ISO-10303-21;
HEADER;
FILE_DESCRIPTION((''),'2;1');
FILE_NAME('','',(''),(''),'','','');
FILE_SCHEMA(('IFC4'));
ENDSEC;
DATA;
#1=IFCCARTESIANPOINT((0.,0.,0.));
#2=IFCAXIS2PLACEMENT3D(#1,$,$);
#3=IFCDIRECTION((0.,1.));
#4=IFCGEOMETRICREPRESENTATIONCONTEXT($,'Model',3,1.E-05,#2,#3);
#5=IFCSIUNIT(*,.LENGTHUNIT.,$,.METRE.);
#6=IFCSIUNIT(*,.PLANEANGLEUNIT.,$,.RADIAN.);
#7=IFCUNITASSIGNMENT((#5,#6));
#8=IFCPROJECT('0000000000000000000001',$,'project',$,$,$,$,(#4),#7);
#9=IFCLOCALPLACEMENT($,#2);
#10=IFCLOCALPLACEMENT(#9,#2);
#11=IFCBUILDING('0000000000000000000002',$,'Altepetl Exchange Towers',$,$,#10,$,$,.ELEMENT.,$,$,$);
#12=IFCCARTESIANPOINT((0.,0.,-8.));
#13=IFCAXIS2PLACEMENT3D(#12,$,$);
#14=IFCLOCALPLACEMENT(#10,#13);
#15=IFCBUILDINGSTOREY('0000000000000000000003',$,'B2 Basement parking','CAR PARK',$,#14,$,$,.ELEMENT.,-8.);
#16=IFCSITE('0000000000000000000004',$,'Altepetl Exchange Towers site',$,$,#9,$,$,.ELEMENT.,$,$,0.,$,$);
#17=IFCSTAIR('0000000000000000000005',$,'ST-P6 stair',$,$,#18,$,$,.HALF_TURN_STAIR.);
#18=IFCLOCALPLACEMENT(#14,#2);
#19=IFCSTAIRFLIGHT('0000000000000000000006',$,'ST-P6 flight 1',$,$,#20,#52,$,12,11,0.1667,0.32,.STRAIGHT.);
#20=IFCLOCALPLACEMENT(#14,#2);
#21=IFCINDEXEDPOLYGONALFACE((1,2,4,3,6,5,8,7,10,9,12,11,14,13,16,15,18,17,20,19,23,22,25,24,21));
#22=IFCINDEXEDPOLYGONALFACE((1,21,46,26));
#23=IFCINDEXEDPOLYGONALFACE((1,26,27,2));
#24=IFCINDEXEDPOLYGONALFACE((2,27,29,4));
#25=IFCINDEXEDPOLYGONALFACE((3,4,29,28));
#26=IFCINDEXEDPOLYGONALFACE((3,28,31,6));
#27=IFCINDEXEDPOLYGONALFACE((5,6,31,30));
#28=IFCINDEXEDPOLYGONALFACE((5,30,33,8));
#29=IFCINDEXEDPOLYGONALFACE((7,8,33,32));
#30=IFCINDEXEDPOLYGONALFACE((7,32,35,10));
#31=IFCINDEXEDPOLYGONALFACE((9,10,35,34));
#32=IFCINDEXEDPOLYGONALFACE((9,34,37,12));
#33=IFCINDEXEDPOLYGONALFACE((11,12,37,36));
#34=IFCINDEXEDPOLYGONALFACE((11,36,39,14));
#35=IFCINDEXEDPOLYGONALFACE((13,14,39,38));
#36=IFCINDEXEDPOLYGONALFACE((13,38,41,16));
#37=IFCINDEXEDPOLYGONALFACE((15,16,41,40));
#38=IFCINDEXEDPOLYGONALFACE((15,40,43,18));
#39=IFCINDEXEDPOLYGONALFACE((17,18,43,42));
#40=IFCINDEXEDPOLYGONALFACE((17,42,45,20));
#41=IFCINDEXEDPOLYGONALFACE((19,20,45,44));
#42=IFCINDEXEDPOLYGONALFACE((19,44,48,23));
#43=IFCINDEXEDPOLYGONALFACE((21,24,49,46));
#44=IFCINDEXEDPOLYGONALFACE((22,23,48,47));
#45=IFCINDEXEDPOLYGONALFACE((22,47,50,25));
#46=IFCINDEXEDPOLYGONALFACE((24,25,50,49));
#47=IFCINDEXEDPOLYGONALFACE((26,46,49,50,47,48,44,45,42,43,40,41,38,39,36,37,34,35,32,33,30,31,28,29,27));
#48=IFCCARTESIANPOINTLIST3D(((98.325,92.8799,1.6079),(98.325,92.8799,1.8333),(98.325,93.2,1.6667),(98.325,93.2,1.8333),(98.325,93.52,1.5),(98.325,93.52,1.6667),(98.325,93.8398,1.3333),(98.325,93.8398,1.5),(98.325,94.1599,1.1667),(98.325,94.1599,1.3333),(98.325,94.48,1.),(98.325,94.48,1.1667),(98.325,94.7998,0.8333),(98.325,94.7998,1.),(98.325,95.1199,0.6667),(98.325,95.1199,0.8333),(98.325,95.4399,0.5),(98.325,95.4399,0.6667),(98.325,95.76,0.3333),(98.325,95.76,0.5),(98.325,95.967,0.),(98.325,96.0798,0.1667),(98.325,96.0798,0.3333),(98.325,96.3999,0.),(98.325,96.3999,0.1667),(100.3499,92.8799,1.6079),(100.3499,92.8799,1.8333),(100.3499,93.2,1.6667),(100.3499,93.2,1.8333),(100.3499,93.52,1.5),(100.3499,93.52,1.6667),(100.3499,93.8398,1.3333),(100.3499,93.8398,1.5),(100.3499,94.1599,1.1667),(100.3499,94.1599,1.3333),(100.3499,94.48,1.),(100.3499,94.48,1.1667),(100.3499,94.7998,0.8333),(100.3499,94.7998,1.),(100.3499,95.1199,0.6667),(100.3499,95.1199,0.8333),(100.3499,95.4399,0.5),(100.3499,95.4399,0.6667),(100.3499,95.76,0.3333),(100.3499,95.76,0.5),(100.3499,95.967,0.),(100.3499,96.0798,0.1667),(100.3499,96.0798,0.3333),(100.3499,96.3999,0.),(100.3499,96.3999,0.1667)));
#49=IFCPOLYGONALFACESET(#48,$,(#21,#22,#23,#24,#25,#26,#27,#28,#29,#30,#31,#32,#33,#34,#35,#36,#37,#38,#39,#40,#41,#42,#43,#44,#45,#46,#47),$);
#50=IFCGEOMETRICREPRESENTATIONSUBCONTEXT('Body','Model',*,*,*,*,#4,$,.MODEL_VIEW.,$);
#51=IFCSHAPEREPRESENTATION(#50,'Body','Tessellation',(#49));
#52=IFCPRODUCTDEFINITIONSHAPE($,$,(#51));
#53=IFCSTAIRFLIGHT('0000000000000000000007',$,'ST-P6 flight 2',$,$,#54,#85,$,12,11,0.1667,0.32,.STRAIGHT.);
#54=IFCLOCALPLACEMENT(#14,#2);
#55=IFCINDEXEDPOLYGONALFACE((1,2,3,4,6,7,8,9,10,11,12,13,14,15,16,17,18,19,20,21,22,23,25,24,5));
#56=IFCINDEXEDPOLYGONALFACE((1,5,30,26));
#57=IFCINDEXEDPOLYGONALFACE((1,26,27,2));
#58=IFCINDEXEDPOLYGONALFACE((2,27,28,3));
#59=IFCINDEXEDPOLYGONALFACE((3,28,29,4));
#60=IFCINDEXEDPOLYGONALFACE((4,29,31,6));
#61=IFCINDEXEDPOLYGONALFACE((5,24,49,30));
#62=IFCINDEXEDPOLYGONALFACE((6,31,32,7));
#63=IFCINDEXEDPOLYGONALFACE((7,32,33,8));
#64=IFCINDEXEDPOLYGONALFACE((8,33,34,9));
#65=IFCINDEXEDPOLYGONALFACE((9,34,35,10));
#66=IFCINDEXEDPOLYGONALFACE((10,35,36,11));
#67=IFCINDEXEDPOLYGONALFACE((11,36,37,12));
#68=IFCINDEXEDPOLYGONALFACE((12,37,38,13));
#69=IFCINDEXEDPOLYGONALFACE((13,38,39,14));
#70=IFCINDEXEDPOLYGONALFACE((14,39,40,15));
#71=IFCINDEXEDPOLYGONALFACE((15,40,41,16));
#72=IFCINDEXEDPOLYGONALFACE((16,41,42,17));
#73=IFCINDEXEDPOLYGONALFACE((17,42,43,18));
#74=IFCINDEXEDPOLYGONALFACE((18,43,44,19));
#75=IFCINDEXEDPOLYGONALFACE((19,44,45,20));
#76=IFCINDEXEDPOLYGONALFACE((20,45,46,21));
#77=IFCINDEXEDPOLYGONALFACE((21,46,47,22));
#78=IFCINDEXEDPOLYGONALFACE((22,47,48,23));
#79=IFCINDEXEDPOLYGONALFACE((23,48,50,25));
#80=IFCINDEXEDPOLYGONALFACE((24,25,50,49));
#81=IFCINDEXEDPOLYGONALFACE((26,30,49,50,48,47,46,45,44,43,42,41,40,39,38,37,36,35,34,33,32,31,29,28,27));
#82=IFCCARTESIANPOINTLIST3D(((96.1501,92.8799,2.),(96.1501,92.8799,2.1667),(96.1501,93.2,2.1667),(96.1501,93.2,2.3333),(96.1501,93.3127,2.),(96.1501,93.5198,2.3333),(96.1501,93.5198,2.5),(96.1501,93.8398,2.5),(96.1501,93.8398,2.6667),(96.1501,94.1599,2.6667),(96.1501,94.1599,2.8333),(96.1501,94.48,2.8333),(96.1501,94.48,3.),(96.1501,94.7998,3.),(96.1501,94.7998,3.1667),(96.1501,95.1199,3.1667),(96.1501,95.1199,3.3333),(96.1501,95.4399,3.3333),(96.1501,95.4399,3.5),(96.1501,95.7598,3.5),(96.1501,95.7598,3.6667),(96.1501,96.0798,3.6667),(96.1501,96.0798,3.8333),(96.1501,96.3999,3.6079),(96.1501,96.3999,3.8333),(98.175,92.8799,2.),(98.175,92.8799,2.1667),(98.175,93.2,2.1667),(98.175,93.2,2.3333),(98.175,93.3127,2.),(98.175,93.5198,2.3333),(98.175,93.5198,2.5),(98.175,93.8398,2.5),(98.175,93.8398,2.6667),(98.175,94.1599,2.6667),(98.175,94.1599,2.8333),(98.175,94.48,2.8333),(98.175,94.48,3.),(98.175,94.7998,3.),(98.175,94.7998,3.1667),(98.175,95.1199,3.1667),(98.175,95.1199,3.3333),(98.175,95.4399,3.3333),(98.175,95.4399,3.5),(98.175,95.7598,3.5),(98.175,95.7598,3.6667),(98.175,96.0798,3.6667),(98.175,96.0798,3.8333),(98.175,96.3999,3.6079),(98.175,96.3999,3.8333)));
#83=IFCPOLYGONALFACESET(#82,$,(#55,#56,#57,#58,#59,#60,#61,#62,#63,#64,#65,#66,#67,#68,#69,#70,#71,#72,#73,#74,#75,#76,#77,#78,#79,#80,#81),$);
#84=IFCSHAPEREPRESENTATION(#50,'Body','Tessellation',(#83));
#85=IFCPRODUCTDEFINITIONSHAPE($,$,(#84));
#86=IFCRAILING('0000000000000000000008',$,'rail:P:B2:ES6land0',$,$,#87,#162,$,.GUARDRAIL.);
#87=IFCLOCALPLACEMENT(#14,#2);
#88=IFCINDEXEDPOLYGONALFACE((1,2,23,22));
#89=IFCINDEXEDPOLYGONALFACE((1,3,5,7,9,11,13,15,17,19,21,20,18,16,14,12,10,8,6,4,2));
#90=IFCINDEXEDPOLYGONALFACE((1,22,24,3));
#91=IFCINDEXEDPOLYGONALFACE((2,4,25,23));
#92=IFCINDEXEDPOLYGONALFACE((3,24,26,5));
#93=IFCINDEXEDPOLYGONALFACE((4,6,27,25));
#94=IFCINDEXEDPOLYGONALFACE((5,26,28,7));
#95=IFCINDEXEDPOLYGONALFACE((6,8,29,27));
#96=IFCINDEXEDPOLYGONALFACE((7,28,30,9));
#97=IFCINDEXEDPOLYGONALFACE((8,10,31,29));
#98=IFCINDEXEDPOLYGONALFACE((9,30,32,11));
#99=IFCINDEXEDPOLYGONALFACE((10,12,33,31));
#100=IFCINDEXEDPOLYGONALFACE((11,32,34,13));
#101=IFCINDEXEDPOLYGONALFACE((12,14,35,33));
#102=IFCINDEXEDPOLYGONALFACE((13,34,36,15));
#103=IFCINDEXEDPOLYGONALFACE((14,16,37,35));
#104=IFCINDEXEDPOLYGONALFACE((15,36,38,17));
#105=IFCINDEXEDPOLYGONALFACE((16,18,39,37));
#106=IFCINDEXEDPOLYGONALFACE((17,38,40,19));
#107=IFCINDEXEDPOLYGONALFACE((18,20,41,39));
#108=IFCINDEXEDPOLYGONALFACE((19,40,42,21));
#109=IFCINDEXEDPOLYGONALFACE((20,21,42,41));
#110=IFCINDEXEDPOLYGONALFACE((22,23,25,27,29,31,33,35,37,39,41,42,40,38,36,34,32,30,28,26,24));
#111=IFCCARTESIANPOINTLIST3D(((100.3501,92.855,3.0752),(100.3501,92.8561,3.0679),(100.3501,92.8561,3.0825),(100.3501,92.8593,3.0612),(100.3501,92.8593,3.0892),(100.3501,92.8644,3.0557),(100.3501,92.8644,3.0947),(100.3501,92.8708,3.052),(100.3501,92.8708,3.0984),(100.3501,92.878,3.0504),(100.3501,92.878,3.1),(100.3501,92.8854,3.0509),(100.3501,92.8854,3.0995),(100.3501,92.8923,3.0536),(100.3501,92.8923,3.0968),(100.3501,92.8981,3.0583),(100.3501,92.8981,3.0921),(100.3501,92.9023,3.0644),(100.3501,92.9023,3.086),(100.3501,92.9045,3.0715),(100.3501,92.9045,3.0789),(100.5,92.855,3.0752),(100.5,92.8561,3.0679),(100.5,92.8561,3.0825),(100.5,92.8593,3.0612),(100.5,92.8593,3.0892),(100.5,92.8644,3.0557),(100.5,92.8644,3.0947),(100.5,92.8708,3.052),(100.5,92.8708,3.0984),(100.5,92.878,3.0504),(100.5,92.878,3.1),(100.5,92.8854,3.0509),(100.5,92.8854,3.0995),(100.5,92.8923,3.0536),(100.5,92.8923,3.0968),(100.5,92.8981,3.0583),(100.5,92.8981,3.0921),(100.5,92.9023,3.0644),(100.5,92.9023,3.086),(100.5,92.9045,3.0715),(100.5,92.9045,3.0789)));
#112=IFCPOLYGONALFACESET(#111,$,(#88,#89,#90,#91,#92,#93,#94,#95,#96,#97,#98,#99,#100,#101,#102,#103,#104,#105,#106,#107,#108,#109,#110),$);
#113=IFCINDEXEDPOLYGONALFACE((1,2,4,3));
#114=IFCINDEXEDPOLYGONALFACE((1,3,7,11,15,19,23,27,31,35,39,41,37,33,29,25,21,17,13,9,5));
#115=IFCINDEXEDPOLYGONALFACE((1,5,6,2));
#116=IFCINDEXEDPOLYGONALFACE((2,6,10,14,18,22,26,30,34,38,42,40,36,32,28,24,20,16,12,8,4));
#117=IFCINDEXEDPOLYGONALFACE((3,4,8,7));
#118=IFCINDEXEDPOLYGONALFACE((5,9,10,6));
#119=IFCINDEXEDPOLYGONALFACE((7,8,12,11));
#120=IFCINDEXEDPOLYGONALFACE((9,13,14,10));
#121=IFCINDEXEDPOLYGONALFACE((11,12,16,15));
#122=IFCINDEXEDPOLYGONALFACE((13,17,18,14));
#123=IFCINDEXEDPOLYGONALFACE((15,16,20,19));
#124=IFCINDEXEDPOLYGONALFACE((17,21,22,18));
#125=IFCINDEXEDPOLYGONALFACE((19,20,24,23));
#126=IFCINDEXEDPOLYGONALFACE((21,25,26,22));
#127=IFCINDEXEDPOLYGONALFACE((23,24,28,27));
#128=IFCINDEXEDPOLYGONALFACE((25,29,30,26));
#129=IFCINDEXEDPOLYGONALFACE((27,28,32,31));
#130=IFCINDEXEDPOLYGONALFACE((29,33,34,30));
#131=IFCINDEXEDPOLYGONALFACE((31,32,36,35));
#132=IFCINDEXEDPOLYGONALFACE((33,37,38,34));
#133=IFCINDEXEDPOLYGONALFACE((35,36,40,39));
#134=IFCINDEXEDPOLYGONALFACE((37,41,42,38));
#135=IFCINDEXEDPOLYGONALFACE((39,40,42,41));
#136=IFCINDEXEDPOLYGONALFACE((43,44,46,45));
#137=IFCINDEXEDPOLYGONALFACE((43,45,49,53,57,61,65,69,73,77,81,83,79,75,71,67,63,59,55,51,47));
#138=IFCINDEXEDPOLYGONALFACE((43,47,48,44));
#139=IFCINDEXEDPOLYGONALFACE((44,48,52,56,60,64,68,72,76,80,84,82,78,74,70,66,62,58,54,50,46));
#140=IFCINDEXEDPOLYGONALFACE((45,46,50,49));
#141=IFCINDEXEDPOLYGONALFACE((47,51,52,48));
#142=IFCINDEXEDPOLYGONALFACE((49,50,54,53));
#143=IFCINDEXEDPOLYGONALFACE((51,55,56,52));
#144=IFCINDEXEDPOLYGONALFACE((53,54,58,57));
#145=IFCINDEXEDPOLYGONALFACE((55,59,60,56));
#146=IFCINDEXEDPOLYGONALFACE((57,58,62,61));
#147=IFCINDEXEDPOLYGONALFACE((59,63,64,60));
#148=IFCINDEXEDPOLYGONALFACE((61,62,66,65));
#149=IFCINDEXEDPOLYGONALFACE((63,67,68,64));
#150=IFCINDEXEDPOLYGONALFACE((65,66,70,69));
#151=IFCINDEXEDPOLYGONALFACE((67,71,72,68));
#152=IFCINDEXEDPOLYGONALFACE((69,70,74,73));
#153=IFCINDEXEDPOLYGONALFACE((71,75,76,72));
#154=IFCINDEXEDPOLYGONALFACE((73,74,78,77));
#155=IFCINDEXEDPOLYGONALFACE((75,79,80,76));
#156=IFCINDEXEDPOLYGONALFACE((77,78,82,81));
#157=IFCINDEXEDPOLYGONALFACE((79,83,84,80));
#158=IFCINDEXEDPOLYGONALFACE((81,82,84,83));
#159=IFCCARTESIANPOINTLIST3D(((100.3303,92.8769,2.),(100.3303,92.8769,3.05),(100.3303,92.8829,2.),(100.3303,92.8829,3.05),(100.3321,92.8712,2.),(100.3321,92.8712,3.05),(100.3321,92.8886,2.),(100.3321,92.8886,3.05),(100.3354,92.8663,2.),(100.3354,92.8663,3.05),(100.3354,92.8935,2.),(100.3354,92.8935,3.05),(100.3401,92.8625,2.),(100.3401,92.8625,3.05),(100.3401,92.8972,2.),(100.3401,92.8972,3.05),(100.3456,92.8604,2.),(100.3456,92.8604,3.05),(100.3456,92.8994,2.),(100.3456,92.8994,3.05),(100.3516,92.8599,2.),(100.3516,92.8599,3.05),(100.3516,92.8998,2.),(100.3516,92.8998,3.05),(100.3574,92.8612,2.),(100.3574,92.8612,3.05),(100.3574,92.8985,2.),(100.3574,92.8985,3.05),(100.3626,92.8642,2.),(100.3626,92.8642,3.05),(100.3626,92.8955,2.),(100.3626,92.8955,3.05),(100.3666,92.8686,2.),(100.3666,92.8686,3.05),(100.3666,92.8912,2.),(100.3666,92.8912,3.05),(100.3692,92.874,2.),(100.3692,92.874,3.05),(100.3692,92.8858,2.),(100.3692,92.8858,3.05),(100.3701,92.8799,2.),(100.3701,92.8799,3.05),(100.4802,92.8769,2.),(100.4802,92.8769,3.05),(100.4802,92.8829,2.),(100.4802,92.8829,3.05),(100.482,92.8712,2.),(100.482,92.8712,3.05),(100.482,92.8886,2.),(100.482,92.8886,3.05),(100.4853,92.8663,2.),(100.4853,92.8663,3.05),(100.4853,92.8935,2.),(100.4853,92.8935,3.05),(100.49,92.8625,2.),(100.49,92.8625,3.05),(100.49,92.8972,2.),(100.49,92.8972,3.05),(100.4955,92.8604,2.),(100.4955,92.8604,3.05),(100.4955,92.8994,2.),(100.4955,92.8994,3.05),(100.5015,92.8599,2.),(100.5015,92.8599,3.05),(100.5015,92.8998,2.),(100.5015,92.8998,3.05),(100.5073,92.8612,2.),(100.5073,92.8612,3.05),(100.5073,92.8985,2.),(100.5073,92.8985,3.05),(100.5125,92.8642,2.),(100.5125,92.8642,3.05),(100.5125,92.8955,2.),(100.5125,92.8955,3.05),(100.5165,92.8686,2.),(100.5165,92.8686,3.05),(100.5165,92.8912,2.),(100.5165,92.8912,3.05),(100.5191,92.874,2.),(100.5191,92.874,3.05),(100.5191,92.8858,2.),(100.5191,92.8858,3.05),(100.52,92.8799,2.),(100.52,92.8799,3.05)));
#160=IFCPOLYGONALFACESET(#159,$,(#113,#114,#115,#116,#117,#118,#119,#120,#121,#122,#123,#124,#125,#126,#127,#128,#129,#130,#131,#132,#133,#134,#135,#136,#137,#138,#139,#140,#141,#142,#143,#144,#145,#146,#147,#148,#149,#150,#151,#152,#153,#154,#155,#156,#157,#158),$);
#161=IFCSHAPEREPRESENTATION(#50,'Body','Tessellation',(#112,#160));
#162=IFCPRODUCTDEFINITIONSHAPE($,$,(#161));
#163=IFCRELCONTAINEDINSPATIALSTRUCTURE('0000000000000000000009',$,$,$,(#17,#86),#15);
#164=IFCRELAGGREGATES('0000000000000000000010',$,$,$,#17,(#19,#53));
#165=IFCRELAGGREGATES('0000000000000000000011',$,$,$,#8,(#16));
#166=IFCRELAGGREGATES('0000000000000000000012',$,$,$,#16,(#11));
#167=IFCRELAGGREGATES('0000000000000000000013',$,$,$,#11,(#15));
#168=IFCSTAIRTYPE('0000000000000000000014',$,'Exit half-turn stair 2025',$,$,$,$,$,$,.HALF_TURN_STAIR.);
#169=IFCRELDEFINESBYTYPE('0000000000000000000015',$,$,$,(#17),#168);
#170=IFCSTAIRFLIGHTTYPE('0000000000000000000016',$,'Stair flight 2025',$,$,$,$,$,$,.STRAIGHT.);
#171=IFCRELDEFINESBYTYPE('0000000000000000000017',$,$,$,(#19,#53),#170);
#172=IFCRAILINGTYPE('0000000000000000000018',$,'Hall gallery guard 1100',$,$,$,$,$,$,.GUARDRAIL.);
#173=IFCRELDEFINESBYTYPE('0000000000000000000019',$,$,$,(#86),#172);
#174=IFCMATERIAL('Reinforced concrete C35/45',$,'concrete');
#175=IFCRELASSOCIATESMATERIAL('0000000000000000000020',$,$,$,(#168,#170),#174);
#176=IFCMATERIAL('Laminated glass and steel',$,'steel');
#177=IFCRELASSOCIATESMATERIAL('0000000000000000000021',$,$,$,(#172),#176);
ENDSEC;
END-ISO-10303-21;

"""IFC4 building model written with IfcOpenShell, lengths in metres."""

from ifc_helpers import new_model, si_unit, direction, frame, origin, origin_2d, place, context, subcontext, project, spatial, polyline, circle, outline, extrude, source, transform, mapped, material, type_object, element, aggregate, save


model = new_model("IFC4")

# Units and contexts
model_context = context("Model", 3, precision=1e-05, world=origin(), true_north=direction((0.0, 1.0)))
body_context = subcontext(model_context, "Body", "Model", "MODEL_VIEW")
ifc_project = project(units=[si_unit("LENGTHUNIT", "METRE"), si_unit("PLANEANGLEUNIT", "RADIAN")], contexts=[model_context])

# Site, building, storey
site_placement = place(None, origin())
site = spatial("IfcSite", under=ifc_project, at=site_placement, Name="Altepetl Exchange Towers site", CompositionType="ELEMENT", RefElevation=0.0)
building_placement = place(site_placement, origin())
building = spatial("IfcBuilding", under=site, at=building_placement, Name="Altepetl Exchange Towers", CompositionType="ELEMENT")
storey_placement = place(building_placement, frame((0.0, 0.0, -8.0)))
storey = spatial("IfcBuildingStorey", under=building, at=storey_placement, Name="B2 Basement parking", Description="CAR PARK", CompositionType="ELEMENT", Elevation=-8.0)

# Shared definitions
ifc_material_1 = material(Name="Reinforced concrete C35/45", Category="concrete")

# Stair, stair flights
stair_type = type_object("IfcStairType", Name="Exit half-turn stair 2025", PredefinedType="HALF_TURN_STAIR", material=ifc_material_1)
stair_placement = place(storey_placement, origin())
stair = element("IfcStair", 1, at=stair_placement, inside=storey, type_object=stair_type, Name="ST-P6 stair", PredefinedType="HALF_TURN_STAIR")
stair_flight_type = type_object("IfcStairFlightType", Name="Stair flight 2025", PredefinedType="STRAIGHT", material=ifc_material_1)
stair_flight_1_placement = place(storey_placement, frame((99.3374, 96.3999, 0.0), z_axis=(0.0, 0.0, 1.0), x_axis=(0.0, -1.0, 0.0)))
stair_flight_1 = element("IfcStairFlight", 2, at=stair_flight_1_placement, type_object=stair_flight_type, Name="ST-P6 flight 1", NumberOfRisers=12, NumberOfTreads=11, PredefinedType="STRAIGHT", RiserHeight=0.1667, TreadLength=0.32, context=body_context, shape_type="SweptSolid", body=[
    extrude(outline(polyline([(0.0, 0.0), (0.0, 0.1667), (0.3201, 0.1667), (0.3201, 0.3333), (0.6399, 0.3333), (0.6399, 0.5), (0.96, 0.5), (0.96, 0.6667), (1.28, 0.6667), (1.28, 0.8333), (1.6001, 0.8333), (1.6001, 1.0), (1.9199, 1.0), (1.9199, 1.1667), (2.24, 1.1667), (2.24, 1.3333), (2.5601, 1.3333), (2.5601, 1.5), (2.8799, 1.5), (2.8799, 1.6667), (3.2, 1.6667), (3.2, 1.8333), (3.52, 1.8333), (3.52, 2.0), (3.52, 1.6079), (0.4329, 0.0), (0.0, 0.0)])), frame((0.0, 1.0125, 0.0), z_axis=(0.0, -1.0, 0.0), x_axis=(1.0, 0.0, 0.0)), (0.0, 0.0, 1.0), 2.0249),
])
stair_flight_2_placement = place(storey_placement, frame((97.1626, 92.8799, 2.0), z_axis=(0.0, 0.0, 1.0), x_axis=(0.0, 1.0, 0.0)))
stair_flight_2 = element("IfcStairFlight", 3, at=stair_flight_2_placement, type_object=stair_flight_type, Name="ST-P6 flight 2", NumberOfRisers=12, NumberOfTreads=11, PredefinedType="STRAIGHT", RiserHeight=0.1667, TreadLength=0.32, context=body_context, shape_type="SweptSolid", body=[
    extrude(outline(polyline([(0.0, 0.0), (0.0, 0.1667), (0.3201, 0.1667), (0.3201, 0.3333), (0.6399, 0.3333), (0.6399, 0.5), (0.96, 0.5), (0.96, 0.6667), (1.28, 0.6667), (1.28, 0.8333), (1.6001, 0.8333), (1.6001, 1.0), (1.9199, 1.0), (1.9199, 1.1667), (2.24, 1.1667), (2.24, 1.3333), (2.5601, 1.3333), (2.5601, 1.5), (2.8799, 1.5), (2.8799, 1.6667), (3.2, 1.6667), (3.2, 1.8333), (3.52, 1.8333), (3.52, 2.0), (3.52, 1.6079), (0.4329, 0.0), (0.0, 0.0)])), frame((0.0, 1.0125, 0.0), z_axis=(0.0, -1.0, 0.0), x_axis=(1.0, 0.0, 0.0)), (0.0, 0.0, 1.0), 2.0249),
])
aggregate(stair, [stair_flight_1, stair_flight_2])

# Railing
ifc_material_2 = material(Name="Laminated glass and steel", Category="steel")
railing_type_1 = type_object("IfcRailingType", Name="Hall gallery guard 1100", PredefinedType="GUARDRAIL", material=ifc_material_2)
shared_shape_1 = source(origin(), body_context, "Body", "SweptSolid", [
    extrude(circle(Radius=0.02, at=origin_2d()), origin(), (0.0, 0.0, 1.0), 1.05),
])
for number, where, name in (
    (4, (100.5, 92.8799, 2.0), "rail:P:B2:ES6land0"),
):
    element("IfcRailing", number, at=place(storey_placement, frame(where)), inside=storey, type_object=railing_type_1, Name=name, PredefinedType="GUARDRAIL", context=body_context, shape_type="SweptSolid", body=[
        extrude(circle(Radius=0.0249, at=origin_2d()), frame((0.0, 0.0, 1.0752), z_axis=(-1.0, 0.0, 0.0), x_axis=(0.0, -1.0, 0.0)), (0.0, 0.0, 1.0), 0.1499),
        mapped(shared_shape_1, transform((0.0, 0.0, 0.0))),
        mapped(shared_shape_1, transform((-0.1499, 0.0, 0.0))),
    ])

save(model, "model.ifc")
